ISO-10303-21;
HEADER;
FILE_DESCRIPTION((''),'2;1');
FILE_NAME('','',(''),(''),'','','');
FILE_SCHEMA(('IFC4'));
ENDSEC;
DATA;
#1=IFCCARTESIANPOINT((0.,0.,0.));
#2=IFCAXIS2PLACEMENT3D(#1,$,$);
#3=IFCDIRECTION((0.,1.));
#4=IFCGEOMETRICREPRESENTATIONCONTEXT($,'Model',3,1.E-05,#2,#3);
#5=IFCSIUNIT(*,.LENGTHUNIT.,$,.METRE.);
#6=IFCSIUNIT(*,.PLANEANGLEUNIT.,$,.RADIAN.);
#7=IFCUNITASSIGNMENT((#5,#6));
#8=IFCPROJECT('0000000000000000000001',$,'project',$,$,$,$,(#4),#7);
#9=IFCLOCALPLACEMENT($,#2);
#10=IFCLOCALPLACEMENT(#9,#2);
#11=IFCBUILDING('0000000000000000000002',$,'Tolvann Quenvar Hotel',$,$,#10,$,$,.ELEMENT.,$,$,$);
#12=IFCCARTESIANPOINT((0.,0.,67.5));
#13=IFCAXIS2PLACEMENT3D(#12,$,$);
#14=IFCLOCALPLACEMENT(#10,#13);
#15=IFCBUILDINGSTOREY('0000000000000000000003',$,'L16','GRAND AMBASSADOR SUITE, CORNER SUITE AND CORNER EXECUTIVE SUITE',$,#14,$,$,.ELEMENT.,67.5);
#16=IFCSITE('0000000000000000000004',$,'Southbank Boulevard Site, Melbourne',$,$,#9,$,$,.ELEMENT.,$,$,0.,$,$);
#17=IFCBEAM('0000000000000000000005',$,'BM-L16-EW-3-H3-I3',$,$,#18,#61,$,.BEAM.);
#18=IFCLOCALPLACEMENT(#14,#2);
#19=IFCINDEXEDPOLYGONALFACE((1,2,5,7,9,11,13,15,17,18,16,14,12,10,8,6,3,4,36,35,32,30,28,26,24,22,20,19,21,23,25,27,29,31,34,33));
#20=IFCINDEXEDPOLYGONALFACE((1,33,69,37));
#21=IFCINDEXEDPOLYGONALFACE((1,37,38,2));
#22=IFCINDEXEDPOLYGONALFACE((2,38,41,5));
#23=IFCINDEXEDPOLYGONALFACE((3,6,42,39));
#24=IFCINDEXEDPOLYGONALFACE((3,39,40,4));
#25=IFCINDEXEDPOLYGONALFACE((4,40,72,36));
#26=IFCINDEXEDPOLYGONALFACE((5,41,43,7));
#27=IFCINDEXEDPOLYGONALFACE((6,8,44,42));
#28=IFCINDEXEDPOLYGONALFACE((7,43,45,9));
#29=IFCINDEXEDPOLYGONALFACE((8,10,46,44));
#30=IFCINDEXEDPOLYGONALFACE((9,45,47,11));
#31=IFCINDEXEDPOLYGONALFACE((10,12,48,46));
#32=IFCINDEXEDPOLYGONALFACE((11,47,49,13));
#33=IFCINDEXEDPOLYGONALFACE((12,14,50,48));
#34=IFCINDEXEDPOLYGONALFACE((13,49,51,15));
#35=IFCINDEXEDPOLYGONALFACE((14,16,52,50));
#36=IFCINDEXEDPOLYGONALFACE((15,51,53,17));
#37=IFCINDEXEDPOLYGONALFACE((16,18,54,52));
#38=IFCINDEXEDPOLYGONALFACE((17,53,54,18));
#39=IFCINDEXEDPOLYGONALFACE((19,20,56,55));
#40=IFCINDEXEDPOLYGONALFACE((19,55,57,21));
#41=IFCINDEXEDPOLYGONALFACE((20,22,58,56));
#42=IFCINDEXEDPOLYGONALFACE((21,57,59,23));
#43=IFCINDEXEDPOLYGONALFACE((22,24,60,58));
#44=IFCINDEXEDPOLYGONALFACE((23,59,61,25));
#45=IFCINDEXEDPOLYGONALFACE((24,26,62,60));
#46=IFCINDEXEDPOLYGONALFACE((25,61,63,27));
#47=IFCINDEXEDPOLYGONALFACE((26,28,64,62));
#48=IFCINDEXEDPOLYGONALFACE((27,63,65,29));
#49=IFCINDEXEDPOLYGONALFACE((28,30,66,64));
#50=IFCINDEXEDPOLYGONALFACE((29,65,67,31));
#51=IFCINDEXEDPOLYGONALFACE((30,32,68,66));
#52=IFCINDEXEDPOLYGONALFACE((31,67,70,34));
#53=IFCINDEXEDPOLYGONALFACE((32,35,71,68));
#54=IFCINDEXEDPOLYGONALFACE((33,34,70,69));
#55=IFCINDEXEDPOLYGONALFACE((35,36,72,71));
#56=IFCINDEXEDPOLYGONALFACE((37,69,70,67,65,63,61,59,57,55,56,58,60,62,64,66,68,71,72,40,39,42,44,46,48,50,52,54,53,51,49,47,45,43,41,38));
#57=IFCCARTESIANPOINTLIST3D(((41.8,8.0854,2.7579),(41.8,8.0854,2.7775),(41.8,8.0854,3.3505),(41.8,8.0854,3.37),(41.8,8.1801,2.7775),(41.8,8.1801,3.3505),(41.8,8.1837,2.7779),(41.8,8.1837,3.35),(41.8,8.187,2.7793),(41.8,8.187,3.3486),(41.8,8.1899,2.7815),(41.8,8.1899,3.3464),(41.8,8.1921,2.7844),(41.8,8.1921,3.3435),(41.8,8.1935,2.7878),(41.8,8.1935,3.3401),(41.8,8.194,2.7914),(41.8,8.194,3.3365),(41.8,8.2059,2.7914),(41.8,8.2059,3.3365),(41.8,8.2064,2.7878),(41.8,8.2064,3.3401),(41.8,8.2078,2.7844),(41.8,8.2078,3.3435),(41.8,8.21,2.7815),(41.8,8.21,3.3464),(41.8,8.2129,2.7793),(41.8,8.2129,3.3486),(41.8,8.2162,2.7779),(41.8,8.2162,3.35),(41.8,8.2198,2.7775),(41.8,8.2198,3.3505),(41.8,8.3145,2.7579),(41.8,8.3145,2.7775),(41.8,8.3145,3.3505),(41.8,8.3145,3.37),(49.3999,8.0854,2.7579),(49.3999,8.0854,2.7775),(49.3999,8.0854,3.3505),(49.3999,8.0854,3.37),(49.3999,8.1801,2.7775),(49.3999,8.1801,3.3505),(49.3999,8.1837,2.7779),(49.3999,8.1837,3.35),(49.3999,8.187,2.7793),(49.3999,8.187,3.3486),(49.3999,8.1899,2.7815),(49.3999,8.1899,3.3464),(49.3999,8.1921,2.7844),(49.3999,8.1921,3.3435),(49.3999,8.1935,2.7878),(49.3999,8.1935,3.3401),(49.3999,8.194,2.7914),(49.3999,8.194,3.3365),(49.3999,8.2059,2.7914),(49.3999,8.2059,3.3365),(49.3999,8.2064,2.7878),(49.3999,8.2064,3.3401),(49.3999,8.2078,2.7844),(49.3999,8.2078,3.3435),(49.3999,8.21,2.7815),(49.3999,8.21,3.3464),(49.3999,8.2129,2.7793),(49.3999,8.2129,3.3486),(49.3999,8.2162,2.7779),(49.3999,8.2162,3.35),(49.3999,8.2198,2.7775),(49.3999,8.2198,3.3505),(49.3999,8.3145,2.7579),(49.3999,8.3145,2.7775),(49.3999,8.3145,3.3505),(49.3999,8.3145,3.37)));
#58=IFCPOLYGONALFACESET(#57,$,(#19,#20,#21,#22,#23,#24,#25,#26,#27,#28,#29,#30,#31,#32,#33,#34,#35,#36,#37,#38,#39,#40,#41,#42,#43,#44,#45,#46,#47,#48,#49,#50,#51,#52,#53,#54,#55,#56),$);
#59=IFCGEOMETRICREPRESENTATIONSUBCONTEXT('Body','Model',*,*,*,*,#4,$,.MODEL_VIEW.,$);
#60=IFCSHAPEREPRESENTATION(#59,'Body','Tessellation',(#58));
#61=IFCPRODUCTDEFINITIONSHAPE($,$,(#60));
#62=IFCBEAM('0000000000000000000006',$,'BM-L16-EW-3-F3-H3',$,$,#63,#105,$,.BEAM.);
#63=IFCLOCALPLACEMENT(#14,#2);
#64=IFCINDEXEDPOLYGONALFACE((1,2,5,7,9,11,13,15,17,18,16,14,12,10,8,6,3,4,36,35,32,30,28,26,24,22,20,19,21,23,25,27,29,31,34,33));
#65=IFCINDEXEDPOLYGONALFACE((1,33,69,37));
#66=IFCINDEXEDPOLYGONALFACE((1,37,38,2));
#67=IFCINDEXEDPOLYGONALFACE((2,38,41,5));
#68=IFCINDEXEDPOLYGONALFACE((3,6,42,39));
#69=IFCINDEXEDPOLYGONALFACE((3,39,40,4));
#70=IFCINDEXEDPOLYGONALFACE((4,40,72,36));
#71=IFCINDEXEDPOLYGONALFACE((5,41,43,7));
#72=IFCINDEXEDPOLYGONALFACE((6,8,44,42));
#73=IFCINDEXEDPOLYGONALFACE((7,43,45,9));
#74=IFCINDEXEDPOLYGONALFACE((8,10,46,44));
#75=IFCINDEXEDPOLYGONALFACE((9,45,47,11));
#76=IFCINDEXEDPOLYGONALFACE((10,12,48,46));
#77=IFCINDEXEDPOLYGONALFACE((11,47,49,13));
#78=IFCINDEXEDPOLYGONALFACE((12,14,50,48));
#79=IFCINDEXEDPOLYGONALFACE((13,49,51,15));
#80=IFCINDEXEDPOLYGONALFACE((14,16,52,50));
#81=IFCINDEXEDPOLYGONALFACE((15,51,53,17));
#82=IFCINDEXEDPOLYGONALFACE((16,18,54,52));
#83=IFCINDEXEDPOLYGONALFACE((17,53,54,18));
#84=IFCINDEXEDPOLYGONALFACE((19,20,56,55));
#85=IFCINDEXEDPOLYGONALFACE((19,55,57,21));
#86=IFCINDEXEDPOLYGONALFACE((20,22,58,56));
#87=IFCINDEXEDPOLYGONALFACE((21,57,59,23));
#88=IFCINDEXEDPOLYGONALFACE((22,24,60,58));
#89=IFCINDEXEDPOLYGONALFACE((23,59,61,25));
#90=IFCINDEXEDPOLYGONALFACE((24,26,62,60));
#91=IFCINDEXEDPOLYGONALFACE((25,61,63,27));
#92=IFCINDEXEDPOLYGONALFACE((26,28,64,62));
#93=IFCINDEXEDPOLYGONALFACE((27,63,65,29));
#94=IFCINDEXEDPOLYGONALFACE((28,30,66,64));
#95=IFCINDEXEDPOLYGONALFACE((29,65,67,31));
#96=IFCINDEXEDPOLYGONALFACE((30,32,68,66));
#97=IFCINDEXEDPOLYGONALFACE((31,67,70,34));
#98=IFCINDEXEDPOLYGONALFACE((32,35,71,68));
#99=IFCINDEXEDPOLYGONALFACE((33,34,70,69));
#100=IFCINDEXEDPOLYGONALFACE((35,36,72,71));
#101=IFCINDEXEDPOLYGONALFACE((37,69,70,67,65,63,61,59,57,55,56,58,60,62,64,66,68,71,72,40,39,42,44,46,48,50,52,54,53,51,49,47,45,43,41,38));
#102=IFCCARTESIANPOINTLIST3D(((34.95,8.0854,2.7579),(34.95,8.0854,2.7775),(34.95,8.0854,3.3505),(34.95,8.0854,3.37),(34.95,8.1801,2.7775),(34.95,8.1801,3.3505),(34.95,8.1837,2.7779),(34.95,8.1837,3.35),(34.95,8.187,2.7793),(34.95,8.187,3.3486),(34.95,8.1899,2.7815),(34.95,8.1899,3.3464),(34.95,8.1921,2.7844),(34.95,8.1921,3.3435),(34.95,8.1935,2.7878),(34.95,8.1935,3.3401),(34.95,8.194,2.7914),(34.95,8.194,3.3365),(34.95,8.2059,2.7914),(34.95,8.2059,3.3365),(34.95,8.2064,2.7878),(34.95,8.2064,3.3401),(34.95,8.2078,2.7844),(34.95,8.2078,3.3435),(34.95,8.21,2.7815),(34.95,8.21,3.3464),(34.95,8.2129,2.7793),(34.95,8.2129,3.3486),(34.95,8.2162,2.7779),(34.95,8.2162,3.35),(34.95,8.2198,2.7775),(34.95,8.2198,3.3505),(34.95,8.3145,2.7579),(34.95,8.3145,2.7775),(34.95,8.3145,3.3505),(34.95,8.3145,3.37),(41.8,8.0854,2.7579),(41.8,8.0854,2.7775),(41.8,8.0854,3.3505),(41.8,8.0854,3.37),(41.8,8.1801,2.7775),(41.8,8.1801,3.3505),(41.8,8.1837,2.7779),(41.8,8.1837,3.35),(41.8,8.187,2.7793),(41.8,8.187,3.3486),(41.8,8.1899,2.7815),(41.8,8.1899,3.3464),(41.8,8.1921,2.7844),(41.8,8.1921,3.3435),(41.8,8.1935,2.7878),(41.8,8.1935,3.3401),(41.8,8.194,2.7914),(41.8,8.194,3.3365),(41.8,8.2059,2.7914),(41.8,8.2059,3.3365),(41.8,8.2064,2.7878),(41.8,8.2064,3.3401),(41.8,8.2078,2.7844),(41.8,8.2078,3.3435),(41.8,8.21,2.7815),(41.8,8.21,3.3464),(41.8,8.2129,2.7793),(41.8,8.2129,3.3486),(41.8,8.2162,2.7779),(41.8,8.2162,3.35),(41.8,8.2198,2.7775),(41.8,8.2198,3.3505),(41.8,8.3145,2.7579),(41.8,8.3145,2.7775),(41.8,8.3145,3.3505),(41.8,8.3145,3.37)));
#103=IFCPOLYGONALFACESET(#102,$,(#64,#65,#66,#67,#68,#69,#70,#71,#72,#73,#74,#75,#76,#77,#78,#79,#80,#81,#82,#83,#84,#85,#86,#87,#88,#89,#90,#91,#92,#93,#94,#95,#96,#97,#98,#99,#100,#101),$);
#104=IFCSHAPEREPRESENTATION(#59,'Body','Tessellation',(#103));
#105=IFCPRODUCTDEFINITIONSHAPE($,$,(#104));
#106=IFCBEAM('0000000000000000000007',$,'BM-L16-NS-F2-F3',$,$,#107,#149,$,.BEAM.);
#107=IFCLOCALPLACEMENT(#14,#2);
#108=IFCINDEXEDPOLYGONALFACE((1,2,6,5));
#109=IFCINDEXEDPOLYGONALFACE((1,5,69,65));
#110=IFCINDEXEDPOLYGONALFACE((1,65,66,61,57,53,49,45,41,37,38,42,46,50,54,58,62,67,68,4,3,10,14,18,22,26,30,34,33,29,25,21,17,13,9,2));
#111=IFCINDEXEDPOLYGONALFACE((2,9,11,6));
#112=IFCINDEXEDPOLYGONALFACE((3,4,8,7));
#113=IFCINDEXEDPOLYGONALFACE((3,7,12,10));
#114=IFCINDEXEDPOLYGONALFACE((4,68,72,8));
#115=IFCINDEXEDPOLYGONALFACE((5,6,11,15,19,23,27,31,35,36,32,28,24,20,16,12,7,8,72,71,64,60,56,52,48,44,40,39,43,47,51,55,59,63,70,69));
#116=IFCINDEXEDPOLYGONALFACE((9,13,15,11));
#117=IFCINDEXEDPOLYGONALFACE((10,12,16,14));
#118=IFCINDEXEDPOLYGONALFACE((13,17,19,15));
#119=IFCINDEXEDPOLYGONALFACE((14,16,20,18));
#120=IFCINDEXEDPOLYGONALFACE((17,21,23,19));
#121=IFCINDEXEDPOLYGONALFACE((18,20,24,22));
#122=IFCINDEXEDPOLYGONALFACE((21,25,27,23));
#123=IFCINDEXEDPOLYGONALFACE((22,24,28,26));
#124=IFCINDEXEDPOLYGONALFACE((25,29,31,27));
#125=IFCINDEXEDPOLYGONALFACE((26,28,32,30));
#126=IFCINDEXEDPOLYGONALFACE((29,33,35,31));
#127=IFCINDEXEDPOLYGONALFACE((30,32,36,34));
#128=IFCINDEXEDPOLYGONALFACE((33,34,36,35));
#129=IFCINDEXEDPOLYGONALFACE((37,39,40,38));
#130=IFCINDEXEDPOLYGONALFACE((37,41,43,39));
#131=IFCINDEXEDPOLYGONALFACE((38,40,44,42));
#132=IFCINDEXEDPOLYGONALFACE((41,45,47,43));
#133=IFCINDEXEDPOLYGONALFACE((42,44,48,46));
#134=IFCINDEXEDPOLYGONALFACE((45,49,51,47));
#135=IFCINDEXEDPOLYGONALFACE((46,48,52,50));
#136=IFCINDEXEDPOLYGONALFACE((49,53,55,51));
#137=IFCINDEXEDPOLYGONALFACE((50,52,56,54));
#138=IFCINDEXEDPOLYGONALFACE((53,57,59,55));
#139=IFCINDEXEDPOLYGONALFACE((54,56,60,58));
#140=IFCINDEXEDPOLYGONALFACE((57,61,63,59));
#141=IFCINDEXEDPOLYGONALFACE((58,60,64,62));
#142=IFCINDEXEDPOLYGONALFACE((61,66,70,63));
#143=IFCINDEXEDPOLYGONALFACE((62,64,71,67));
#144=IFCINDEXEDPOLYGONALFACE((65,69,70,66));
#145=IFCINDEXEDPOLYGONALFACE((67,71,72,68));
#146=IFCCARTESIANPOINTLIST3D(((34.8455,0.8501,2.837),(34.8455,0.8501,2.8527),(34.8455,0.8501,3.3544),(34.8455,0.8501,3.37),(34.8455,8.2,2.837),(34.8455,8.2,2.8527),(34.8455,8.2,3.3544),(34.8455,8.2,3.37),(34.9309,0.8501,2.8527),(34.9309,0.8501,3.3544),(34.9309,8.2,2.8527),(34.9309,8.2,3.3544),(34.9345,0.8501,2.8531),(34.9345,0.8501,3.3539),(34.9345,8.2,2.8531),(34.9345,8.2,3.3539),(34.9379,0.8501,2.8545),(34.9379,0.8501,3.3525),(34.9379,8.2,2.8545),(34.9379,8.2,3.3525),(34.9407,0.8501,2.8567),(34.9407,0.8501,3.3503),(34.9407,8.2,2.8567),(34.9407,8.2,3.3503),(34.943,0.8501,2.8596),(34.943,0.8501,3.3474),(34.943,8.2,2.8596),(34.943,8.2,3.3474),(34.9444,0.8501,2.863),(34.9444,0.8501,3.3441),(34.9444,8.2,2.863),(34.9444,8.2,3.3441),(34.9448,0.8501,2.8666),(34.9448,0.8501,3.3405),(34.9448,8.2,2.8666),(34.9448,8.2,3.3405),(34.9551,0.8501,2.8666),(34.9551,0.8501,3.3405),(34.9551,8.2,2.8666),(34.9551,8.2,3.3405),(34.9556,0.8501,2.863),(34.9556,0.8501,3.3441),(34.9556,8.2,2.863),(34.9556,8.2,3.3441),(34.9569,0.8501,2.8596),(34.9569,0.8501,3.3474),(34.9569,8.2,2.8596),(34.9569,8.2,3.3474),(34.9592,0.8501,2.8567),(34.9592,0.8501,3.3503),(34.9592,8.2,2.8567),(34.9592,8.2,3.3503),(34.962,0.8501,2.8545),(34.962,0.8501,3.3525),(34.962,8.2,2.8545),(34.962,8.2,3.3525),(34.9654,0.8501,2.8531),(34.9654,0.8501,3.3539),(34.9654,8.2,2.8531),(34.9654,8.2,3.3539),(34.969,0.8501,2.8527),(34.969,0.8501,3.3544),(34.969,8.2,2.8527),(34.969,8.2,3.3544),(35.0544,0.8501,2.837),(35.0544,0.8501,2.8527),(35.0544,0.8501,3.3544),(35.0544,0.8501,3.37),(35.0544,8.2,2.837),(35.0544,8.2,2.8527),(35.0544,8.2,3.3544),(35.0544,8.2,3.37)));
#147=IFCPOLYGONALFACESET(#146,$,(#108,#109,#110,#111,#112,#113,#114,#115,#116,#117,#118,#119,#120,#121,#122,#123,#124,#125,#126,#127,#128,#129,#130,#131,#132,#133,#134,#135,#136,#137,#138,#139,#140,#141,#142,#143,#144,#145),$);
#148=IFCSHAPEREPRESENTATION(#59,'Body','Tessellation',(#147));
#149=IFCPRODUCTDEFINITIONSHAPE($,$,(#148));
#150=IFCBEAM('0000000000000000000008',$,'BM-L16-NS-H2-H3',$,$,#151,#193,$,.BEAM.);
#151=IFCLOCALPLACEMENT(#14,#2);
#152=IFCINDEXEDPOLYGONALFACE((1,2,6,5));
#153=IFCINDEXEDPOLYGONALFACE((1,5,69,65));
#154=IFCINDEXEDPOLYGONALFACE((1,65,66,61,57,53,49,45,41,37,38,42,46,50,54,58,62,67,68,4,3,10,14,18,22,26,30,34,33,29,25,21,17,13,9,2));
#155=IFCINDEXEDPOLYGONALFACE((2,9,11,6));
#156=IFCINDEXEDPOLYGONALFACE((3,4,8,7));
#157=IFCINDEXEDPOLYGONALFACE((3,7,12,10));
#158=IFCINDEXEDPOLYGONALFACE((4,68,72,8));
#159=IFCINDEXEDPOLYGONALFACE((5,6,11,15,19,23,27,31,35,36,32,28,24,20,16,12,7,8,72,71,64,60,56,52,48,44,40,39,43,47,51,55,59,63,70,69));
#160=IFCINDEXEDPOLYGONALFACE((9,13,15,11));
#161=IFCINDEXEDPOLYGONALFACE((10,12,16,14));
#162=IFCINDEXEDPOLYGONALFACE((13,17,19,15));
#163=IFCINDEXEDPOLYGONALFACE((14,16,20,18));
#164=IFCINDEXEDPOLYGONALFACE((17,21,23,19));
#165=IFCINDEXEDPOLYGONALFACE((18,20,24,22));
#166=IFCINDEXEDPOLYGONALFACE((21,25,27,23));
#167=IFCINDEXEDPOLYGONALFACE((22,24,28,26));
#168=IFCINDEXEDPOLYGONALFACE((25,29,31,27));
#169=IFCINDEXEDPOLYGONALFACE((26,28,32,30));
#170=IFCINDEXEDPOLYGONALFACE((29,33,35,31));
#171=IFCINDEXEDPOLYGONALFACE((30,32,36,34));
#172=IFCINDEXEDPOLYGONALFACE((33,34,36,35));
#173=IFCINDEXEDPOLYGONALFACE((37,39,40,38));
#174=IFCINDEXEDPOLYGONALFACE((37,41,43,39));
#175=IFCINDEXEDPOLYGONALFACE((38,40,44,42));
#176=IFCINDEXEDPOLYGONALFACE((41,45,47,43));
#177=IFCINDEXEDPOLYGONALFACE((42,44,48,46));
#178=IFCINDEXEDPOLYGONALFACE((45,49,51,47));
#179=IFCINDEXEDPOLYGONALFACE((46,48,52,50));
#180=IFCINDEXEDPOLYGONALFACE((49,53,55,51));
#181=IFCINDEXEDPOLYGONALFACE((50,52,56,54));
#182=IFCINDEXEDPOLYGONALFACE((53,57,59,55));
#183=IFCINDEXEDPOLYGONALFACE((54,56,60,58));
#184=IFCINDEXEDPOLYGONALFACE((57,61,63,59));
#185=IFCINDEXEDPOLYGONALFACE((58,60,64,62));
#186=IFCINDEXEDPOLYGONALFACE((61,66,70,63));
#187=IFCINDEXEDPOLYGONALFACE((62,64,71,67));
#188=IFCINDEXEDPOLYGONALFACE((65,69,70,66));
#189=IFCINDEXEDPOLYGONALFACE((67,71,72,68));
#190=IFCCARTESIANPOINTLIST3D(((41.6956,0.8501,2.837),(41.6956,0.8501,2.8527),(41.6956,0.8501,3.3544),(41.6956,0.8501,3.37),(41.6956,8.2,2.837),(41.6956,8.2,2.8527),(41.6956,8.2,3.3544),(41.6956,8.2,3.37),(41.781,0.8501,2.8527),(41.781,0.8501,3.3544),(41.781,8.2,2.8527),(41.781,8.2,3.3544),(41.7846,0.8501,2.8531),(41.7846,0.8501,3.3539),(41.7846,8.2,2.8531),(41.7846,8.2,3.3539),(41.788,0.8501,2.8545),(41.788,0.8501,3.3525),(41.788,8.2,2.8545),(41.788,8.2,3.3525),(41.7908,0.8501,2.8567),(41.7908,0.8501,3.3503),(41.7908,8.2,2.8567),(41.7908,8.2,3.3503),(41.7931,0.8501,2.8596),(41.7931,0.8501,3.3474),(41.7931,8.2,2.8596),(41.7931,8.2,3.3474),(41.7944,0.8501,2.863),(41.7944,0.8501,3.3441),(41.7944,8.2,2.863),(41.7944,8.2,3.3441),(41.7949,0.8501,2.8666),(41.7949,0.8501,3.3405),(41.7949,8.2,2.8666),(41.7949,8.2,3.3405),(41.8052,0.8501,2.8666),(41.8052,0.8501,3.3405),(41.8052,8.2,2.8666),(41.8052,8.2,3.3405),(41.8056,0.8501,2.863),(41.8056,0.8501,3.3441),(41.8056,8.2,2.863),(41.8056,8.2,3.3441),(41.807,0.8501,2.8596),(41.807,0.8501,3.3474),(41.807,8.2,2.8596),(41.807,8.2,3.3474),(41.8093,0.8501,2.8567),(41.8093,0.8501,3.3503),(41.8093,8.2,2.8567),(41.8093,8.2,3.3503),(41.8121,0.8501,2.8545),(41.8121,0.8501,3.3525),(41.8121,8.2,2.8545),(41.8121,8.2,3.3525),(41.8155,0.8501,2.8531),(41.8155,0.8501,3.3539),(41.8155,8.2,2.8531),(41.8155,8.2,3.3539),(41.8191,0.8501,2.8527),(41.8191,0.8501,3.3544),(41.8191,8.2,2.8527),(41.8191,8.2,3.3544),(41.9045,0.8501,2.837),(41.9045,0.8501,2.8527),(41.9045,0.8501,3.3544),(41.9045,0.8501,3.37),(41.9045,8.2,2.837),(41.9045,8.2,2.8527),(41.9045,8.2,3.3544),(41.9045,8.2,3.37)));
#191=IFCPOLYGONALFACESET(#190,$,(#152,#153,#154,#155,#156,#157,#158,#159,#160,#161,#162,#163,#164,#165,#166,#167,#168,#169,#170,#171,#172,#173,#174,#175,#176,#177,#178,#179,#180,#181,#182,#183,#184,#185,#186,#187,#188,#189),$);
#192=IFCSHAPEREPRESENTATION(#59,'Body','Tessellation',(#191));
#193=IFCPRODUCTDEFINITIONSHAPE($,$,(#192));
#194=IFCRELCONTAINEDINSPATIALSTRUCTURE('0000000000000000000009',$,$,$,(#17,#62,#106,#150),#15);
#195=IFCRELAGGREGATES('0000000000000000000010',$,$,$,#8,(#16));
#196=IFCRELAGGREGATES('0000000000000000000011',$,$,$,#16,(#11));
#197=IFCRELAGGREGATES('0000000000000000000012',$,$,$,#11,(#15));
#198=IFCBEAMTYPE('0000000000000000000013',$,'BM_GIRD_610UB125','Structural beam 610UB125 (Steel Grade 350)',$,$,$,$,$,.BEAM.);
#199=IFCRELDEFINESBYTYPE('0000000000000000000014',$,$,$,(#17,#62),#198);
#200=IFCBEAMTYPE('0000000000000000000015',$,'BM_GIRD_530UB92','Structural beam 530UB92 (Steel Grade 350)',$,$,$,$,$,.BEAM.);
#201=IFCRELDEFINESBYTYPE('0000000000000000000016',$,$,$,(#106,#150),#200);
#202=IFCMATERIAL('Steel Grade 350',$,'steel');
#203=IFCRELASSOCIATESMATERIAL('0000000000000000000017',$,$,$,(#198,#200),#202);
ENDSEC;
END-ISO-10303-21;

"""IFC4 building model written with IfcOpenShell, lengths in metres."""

from ifc_helpers import new_model, si_unit, direction, frame, origin, origin_2d, place, context, subcontext, project, spatial, i_section, extrude, source, transform, mapped, material, material_profile, profile_set, type_object, type_shapes, element, save


model = new_model("IFC4")

# Units and contexts
model_context = context("Model", 3, precision=1e-05, world=origin(), true_north=direction((0.0, 1.0)))
body_context = subcontext(model_context, "Body", "Model", "MODEL_VIEW")
ifc_project = project(units=[si_unit("LENGTHUNIT", "METRE"), si_unit("PLANEANGLEUNIT", "RADIAN")], contexts=[model_context])

# Site, building, storey
site_placement = place(None, origin())
site = spatial("IfcSite", under=ifc_project, at=site_placement, Name="Southbank Boulevard Site, Melbourne", CompositionType="ELEMENT", RefElevation=0.0)
building_placement = place(site_placement, origin())
building = spatial("IfcBuilding", under=site, at=building_placement, Name="Tolvann Quenvar Hotel", CompositionType="ELEMENT")
storey_placement = place(building_placement, frame((0.0, 0.0, 67.5)))
storey = spatial("IfcBuildingStorey", under=building, at=storey_placement, Name="L16", Description="GRAND AMBASSADOR SUITE, CORNER SUITE AND CORNER EXECUTIVE SUITE", CompositionType="ELEMENT", Elevation=67.5)

# Shared definitions
ifc_material_1 = material(Name="Steel Grade 350", Category="steel")

# Beams
ifc_material_profile_1 = material_profile(ifc_material_1, i_section(OverallWidth=0.229, OverallDepth=0.6121, WebThickness=0.012, FlangeThickness=0.0195, FilletRadius=0.0139, at=origin_2d()), Name="610UB125")
ifc_profile_set_1 = profile_set([ifc_material_profile_1], Name="Steel Grade 350")
beam_type_1 = type_object("IfcBeamType", Name="BM_GIRD_610UB125", Description="Structural beam 610UB125 (Steel Grade 350)", PredefinedType="BEAM", material=ifc_profile_set_1)
shared_shape_1 = source(origin(), body_context, "Body", "SweptSolid", [
    extrude(i_section(OverallWidth=0.229, OverallDepth=0.6121, WebThickness=0.012, FlangeThickness=0.0195, FilletRadius=0.0139, at=origin_2d()), origin(), (0.0, 0.0, 1.0), 7.5999),
])
beam_1_placement = place(storey_placement, frame((41.8, 8.2, 3.064), z_axis=(1.0, 0.0, 0.0), x_axis=(0.0, 1.0, 0.0)))
element("IfcBeam", 1, at=beam_1_placement, inside=storey, type_object=beam_type_1, Name="BM-L16-EW-3-H3-I3", PredefinedType="BEAM", context=body_context, shape_type="MappedRepresentation", body=[
    mapped(shared_shape_1, transform((0.0, 0.0, 0.0), x_axis=(1.0, 0.0, 0.0), y_axis=(0.0, 1.0, 0.0), z_axis=(0.0, 0.0, 1.0), scale=1.0)),
])
shared_shape_2 = source(origin(), body_context, "Body", "SweptSolid", [
    extrude(i_section(OverallWidth=0.229, OverallDepth=0.6121, WebThickness=0.012, FlangeThickness=0.0195, FilletRadius=0.0139, at=origin_2d()), origin(), (0.0, 0.0, 1.0), 6.8501),
])
type_shapes(beam_type_1, [shared_shape_1, shared_shape_2])
beam_2_placement = place(storey_placement, frame((34.95, 8.2, 3.064), z_axis=(1.0, 0.0, 0.0), x_axis=(0.0, 1.0, 0.0)))
element("IfcBeam", 2, at=beam_2_placement, inside=storey, type_object=beam_type_1, Name="BM-L16-EW-3-F3-H3", PredefinedType="BEAM", context=body_context, shape_type="MappedRepresentation", body=[
    mapped(shared_shape_2, transform((0.0, 0.0, 0.0), x_axis=(1.0, 0.0, 0.0), y_axis=(0.0, 1.0, 0.0), z_axis=(0.0, 0.0, 1.0), scale=1.0)),
])
ifc_material_profile_2 = material_profile(ifc_material_1, i_section(OverallWidth=0.209, OverallDepth=0.533, WebThickness=0.0103, FlangeThickness=0.0156, FilletRadius=0.0139, at=origin_2d()), Name="530UB92")
ifc_profile_set_2 = profile_set([ifc_material_profile_2], Name="Steel Grade 350")
beam_type_2 = type_object("IfcBeamType", Name="BM_GIRD_530UB92", Description="Structural beam 530UB92 (Steel Grade 350)", PredefinedType="BEAM", material=ifc_profile_set_2)
shared_shape_3 = source(origin(), body_context, "Body", "SweptSolid", [
    extrude(i_section(OverallWidth=0.209, OverallDepth=0.533, WebThickness=0.0103, FlangeThickness=0.0156, FilletRadius=0.0139, at=origin_2d()), origin(), (0.0, 0.0, 1.0), 7.3499),
])
for number, where, z_axis, x_axis, name in (
    (3, (34.95, 0.8501, 3.1035), (0.0, 1.0, 0.0), (-1.0, 0.0, 0.0), "BM-L16-NS-F2-F3"),
    (4, (41.8, 0.8501, 3.1035), (0.0, 1.0, 0.0), (-1.0, 0.0, 0.0), "BM-L16-NS-H2-H3"),
):
    element("IfcBeam", number, at=place(storey_placement, frame(where, z_axis=z_axis, x_axis=x_axis)), inside=storey, type_object=beam_type_2, Name=name, PredefinedType="BEAM", context=body_context, shape_type="MappedRepresentation", body=[
        mapped(shared_shape_3, transform((0.0, 0.0, 0.0), x_axis=(1.0, 0.0, 0.0), y_axis=(0.0, 1.0, 0.0), z_axis=(0.0, 0.0, 1.0), scale=1.0)),
    ])

save(model, "model.ifc")
